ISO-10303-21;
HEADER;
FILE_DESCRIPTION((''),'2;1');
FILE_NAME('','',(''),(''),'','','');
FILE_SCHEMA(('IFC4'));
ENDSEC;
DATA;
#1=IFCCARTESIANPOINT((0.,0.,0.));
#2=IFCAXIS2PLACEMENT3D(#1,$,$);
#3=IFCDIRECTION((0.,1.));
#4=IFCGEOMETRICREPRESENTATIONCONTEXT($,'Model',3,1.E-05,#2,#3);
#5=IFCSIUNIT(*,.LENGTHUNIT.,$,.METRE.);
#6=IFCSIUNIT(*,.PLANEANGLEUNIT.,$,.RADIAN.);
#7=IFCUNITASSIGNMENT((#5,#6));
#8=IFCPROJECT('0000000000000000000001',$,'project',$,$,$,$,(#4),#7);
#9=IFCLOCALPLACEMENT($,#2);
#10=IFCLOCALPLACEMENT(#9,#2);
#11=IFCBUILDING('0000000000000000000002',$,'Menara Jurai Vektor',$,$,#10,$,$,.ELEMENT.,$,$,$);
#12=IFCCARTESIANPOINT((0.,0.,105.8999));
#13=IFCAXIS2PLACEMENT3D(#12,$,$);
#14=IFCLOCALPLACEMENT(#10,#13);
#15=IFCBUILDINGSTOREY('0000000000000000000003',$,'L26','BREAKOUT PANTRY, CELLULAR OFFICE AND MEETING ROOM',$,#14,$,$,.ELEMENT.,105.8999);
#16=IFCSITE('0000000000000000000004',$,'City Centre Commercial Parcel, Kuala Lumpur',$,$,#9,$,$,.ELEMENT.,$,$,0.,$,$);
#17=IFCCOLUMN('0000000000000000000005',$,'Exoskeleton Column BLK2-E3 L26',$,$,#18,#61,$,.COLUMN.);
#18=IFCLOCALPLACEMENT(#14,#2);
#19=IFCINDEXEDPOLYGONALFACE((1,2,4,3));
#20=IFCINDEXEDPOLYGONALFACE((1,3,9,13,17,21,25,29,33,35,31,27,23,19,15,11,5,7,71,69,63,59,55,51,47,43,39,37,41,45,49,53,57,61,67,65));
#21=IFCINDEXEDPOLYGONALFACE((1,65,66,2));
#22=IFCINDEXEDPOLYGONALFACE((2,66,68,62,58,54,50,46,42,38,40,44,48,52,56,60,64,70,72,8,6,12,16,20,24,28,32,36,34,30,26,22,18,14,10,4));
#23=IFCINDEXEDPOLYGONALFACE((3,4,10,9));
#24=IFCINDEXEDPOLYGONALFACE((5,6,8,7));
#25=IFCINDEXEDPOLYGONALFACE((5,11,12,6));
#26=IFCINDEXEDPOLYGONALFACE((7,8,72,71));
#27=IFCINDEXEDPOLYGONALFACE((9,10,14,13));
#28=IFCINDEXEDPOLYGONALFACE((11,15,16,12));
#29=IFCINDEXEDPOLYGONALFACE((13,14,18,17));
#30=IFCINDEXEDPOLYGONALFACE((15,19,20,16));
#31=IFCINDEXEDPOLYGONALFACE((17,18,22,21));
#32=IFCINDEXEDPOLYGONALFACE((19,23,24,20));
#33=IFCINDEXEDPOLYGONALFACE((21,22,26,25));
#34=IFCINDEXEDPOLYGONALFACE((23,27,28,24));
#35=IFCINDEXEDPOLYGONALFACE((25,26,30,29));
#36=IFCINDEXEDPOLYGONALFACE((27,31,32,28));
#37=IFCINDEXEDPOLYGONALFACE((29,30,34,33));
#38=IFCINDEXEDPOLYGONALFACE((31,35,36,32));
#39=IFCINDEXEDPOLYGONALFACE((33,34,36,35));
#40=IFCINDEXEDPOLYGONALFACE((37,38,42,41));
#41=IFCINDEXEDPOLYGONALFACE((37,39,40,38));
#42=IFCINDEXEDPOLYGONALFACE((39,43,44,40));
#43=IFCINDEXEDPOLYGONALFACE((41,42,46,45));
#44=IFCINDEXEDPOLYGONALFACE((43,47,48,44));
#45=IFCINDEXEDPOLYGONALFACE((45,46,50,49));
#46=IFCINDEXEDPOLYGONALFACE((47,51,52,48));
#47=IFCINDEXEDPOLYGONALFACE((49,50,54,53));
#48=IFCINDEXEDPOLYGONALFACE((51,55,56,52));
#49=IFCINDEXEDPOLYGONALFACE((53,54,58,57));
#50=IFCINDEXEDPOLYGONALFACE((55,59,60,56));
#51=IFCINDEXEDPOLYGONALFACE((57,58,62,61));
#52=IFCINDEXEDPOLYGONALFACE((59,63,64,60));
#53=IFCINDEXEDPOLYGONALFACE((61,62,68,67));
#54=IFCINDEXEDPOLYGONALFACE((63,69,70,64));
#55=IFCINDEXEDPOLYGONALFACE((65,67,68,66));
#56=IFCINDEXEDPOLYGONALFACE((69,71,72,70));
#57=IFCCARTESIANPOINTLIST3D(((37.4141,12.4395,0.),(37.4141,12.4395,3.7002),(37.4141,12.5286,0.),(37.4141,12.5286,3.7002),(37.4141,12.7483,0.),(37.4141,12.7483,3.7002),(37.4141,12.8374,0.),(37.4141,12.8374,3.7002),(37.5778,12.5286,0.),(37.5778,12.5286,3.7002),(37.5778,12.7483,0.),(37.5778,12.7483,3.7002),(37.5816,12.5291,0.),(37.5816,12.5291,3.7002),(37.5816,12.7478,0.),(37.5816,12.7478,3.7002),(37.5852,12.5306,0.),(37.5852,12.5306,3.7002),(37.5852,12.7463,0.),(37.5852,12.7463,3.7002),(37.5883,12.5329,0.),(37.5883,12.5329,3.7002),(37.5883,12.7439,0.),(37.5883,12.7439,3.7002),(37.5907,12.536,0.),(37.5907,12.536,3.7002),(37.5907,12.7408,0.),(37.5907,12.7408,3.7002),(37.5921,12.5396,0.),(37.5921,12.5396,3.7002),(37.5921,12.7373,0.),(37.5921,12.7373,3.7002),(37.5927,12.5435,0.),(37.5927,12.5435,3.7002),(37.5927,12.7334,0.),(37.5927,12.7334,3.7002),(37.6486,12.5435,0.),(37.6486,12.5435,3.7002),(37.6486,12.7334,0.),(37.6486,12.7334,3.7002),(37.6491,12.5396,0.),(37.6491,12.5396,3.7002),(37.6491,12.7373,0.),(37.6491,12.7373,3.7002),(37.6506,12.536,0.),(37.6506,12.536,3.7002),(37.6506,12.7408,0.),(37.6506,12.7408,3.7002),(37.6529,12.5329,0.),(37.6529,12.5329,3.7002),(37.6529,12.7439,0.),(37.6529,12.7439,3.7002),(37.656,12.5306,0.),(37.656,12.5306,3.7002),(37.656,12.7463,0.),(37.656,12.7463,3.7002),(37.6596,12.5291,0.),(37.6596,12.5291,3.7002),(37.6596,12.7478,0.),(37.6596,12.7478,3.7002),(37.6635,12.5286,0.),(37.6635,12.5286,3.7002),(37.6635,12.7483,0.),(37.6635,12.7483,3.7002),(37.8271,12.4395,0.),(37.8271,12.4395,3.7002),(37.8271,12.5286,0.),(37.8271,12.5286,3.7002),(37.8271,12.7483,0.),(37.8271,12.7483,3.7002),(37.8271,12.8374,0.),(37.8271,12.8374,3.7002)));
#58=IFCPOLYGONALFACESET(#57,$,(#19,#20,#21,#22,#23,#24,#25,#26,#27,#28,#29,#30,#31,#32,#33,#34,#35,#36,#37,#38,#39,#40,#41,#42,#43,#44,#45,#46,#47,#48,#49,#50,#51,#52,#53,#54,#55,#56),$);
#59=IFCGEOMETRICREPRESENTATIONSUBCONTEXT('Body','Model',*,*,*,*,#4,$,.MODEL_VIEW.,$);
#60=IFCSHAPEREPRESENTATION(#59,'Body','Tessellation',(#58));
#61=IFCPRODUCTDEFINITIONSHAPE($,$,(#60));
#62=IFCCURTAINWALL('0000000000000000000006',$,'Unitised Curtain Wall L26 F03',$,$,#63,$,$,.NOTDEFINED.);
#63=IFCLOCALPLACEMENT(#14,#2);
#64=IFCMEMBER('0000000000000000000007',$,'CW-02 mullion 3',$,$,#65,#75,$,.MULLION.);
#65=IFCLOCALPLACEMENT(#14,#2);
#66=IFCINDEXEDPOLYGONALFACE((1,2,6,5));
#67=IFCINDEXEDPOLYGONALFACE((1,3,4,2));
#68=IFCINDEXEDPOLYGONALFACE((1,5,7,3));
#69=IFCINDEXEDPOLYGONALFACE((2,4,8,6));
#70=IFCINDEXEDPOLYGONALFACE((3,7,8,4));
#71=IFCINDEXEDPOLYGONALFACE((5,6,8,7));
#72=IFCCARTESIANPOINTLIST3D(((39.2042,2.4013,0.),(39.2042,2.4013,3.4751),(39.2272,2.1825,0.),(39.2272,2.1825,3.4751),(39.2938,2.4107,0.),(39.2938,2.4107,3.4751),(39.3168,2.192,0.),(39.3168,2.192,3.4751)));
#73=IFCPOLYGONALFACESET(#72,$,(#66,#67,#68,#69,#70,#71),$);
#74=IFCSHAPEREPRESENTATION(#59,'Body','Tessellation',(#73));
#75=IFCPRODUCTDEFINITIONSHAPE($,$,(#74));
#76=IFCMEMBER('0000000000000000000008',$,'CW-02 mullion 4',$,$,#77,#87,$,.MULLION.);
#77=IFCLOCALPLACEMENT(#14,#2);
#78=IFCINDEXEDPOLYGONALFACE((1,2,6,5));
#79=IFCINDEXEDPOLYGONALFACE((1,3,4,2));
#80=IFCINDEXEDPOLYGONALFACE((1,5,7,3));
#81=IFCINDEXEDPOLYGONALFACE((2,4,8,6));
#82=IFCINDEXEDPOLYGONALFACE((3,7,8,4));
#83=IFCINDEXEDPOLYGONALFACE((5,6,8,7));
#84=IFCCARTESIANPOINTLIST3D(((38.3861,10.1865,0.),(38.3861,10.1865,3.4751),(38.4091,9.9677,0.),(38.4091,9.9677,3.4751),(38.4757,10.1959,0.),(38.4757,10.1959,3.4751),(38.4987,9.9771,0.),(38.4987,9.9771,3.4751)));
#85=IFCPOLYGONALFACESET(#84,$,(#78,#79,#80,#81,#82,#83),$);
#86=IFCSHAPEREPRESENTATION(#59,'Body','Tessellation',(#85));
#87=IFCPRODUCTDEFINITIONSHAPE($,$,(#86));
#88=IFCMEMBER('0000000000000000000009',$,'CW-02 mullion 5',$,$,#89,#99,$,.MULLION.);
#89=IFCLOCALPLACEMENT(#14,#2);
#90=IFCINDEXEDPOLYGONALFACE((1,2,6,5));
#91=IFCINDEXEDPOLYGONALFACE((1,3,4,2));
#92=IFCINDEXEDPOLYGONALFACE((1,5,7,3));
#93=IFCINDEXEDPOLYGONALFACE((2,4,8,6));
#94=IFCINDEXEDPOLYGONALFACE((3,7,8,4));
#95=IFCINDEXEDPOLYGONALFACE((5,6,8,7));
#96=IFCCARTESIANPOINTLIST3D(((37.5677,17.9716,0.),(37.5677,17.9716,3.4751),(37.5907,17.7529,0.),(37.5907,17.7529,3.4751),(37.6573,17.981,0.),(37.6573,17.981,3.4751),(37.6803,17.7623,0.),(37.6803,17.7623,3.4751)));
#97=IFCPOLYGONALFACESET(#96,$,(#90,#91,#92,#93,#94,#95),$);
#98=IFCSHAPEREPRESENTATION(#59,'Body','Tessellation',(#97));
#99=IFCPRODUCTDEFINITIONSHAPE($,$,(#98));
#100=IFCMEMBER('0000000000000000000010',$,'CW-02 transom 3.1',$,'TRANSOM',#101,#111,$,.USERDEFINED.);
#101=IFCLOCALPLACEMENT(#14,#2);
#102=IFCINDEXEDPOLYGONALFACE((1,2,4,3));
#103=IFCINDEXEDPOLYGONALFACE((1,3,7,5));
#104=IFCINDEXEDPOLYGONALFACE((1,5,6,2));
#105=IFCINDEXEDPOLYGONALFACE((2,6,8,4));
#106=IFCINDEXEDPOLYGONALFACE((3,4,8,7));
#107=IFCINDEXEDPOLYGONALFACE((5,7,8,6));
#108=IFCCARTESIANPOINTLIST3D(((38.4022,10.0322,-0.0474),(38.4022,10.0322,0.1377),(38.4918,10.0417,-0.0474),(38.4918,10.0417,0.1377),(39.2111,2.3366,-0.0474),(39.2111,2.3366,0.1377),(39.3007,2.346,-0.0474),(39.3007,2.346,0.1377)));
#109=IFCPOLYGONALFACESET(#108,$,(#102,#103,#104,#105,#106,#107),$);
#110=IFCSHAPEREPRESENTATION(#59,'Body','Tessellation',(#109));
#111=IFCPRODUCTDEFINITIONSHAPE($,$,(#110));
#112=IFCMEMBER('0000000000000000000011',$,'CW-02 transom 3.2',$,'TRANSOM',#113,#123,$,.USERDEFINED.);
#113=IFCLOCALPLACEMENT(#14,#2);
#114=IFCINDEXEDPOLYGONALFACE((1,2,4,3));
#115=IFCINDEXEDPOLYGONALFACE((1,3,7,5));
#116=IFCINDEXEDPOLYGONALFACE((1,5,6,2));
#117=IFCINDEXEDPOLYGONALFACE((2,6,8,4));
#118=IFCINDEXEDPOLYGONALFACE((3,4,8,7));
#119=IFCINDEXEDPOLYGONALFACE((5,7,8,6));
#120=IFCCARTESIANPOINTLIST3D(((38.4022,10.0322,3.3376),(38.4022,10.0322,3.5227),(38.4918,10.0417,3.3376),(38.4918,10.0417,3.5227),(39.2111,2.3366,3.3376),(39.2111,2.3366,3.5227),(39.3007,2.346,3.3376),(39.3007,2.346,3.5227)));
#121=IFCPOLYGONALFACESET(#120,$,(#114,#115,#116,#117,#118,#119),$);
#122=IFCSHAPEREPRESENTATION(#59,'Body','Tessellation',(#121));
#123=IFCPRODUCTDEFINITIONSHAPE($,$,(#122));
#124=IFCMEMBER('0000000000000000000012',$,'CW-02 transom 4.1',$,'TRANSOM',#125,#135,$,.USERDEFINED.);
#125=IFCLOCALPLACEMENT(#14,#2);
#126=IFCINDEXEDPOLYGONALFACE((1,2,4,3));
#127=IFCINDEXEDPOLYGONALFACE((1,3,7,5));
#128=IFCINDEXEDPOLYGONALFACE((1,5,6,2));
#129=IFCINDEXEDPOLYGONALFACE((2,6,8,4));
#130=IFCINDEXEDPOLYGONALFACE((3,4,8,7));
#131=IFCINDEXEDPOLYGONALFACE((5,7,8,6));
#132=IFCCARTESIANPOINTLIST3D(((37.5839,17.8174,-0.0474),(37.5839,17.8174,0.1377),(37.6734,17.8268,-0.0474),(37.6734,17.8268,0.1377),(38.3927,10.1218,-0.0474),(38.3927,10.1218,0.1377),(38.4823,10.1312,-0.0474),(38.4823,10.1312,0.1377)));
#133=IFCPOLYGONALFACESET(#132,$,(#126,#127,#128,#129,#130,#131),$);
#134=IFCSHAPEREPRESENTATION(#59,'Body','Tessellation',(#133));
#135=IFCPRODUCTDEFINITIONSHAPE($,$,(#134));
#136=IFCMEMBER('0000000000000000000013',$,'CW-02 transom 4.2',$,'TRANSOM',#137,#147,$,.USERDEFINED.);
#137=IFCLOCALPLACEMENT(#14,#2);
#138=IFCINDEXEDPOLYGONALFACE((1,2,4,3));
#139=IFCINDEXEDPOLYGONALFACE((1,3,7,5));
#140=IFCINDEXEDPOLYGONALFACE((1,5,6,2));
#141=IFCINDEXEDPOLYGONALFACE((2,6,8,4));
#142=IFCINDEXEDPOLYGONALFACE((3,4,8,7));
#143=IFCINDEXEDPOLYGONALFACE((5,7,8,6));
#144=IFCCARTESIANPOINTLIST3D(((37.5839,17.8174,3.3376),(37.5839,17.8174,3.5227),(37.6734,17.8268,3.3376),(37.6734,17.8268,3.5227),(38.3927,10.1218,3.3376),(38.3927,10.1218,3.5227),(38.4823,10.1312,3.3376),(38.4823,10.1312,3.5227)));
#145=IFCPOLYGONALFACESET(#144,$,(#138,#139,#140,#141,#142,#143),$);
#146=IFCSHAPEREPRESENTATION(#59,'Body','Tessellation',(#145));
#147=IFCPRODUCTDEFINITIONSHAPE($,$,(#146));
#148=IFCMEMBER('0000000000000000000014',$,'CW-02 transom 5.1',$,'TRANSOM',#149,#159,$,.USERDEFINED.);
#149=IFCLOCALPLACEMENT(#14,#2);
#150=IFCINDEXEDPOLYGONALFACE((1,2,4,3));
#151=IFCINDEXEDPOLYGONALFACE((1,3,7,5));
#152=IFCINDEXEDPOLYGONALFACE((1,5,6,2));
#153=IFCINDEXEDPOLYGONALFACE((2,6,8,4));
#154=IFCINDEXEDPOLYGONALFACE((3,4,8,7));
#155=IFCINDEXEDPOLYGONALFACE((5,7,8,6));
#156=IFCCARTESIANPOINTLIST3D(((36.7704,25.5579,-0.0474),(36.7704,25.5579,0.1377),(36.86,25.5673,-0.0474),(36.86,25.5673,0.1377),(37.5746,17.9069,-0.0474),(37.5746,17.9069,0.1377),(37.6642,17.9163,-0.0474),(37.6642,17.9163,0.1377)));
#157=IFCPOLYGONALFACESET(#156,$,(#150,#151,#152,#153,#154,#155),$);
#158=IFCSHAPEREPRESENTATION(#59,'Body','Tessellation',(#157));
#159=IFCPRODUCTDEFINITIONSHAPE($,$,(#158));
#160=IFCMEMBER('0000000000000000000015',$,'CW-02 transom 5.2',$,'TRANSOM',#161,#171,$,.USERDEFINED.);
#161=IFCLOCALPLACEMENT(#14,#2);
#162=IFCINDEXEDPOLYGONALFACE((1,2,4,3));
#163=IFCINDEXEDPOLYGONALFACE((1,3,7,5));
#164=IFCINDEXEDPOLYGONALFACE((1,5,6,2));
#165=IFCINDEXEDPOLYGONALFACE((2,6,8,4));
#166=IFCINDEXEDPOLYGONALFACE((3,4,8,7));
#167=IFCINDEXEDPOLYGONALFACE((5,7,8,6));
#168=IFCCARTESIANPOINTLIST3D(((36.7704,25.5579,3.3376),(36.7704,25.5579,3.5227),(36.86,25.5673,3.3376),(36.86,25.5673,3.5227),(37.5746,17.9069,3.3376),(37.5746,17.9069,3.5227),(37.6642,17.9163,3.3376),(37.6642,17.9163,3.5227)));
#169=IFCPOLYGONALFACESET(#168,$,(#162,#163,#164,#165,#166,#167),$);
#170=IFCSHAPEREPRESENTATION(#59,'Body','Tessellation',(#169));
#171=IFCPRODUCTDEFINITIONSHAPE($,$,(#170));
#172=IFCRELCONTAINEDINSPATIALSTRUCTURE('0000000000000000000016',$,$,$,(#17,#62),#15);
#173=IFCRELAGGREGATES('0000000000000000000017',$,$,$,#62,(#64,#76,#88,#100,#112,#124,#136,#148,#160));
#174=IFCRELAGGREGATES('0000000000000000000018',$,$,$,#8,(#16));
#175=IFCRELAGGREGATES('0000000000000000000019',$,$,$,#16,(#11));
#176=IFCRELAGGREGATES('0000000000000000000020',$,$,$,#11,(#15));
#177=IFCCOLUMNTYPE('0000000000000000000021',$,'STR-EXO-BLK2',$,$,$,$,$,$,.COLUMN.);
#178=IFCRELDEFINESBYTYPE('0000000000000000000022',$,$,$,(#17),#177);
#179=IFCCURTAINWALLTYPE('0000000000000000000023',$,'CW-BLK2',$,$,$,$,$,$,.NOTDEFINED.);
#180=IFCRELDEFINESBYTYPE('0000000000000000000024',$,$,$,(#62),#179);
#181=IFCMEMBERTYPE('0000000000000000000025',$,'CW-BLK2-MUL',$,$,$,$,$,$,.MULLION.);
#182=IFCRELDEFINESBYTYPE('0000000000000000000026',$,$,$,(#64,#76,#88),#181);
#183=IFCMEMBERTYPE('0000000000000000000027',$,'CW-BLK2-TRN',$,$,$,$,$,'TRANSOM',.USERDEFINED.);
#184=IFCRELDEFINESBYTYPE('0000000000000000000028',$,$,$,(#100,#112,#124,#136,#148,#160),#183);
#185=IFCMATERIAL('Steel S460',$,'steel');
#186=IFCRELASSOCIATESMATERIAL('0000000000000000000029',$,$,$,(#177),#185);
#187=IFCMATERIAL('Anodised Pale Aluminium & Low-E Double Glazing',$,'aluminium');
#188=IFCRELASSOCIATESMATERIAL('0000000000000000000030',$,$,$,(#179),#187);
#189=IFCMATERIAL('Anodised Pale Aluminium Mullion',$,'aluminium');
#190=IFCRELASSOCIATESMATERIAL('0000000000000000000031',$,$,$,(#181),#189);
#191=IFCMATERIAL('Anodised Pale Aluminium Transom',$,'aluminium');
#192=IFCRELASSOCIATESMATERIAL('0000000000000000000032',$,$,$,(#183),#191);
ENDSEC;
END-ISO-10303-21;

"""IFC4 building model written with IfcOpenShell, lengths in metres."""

from ifc_helpers import new_model, si_unit, direction, frame, origin, origin_2d, place, context, subcontext, project, spatial, rectangle, i_section, extrude, material, material_profile, profile_set, type_object, element, aggregate, save


model = new_model("IFC4")

# Units and contexts
model_context = context("Model", 3, precision=1e-05, world=origin(), true_north=direction((0.0, 1.0)))
body_context = subcontext(model_context, "Body", "Model", "MODEL_VIEW")
ifc_project = project(units=[si_unit("LENGTHUNIT", "METRE"), si_unit("PLANEANGLEUNIT", "RADIAN")], contexts=[model_context])

# Site, building, storey
site_placement = place(None, origin())
site = spatial("IfcSite", under=ifc_project, at=site_placement, Name="City Centre Commercial Parcel, Kuala Lumpur", CompositionType="ELEMENT", RefElevation=0.0)
building_placement = place(site_placement, origin())
building = spatial("IfcBuilding", under=site, at=building_placement, Name="Menara Jurai Vektor", CompositionType="ELEMENT")
storey_placement = place(building_placement, frame((0.0, 0.0, 105.8999)))
storey = spatial("IfcBuildingStorey", under=building, at=storey_placement, Name="L26", Description="BREAKOUT PANTRY, CELLULAR OFFICE AND MEETING ROOM", CompositionType="ELEMENT", Elevation=105.8999)

# Column
ifc_material_1 = material(Name="Steel S460", Category="steel")
ifc_material_profile_1 = material_profile(ifc_material_1, i_section(OverallWidth=0.4131, OverallDepth=0.3979, WebThickness=0.0559, FlangeThickness=0.0891, FilletRadius=0.0149, at=origin_2d()), Name="HD 400x744")
ifc_profile_set_1 = profile_set([ifc_material_profile_1], Name="Steel S460")
column_type = type_object("IfcColumnType", Name="STR-EXO-BLK2", PredefinedType="COLUMN", material=ifc_profile_set_1)
column_placement = place(storey_placement, frame((37.6206, 12.6384, 0.0), z_axis=(0.0, 0.0, 1.0), x_axis=(1.0, 0.0, 0.0)))
element("IfcColumn", 1, at=column_placement, inside=storey, type_object=column_type, Name="Exoskeleton Column BLK2-E3 L26", PredefinedType="COLUMN", context=body_context, shape_type="SweptSolid", body=[
    extrude(i_section(OverallWidth=0.4131, OverallDepth=0.3979, WebThickness=0.0559, FlangeThickness=0.0891, FilletRadius=0.0149, at=origin_2d()), origin(), (0.0, 0.0, 1.0), 3.7002),
])

# Curtain wall, members
ifc_material_2 = material(Name="Anodised Pale Aluminium & Low-E Double Glazing", Category="aluminium")
curtain_wall_type = type_object("IfcCurtainWallType", Name="CW-BLK2", PredefinedType="NOTDEFINED", material=ifc_material_2)
curtain_wall_placement = place(storey_placement, origin())
curtain_wall = element("IfcCurtainWall", 2, at=curtain_wall_placement, inside=storey, type_object=curtain_wall_type, Name="Unitised Curtain Wall L26 F03", PredefinedType="NOTDEFINED")
ifc_material_3 = material(Name="Anodised Pale Aluminium Mullion", Category="aluminium")
ifc_material_profile_2 = material_profile(ifc_material_3, rectangle(XDim=0.0901, YDim=0.22, at=origin_2d()), Name="ALU MUL 90x220")
ifc_profile_set_2 = profile_set([ifc_material_profile_2], Name="Anodised Pale Aluminium Mullion")
member_type_1 = type_object("IfcMemberType", Name="CW-BLK2-MUL", PredefinedType="MULLION", material=ifc_profile_set_2)
member_1_placement = place(storey_placement, frame((39.2605, 2.2966, 0.0), z_axis=(0.0, 0.0, 1.0), x_axis=(-0.994522, -0.10453, 0.0)))
member_1 = element("IfcMember", 3, at=member_1_placement, type_object=member_type_1, Name="CW-02 mullion 3", PredefinedType="MULLION", context=body_context, shape_type="SweptSolid", body=[
    extrude(rectangle(XDim=0.0901, YDim=0.22, at=origin_2d()), origin(), (0.0, 0.0, 1.0), 3.4751),
])
member_2_placement = place(storey_placement, frame((38.4424, 10.0818, 0.0), z_axis=(0.0, 0.0, 1.0), x_axis=(-0.994522, -0.10453, 0.0)))
member_2 = element("IfcMember", 4, at=member_2_placement, type_object=member_type_1, Name="CW-02 mullion 4", PredefinedType="MULLION", context=body_context, shape_type="SweptSolid", body=[
    extrude(rectangle(XDim=0.0901, YDim=0.22, at=origin_2d()), origin(), (0.0, 0.0, 1.0), 3.4751),
])
member_3_placement = place(storey_placement, frame((37.624, 17.8669, 0.0), z_axis=(0.0, 0.0, 1.0), x_axis=(-0.994522, -0.10453, 0.0)))
member_3 = element("IfcMember", 5, at=member_3_placement, type_object=member_type_1, Name="CW-02 mullion 5", PredefinedType="MULLION", context=body_context, shape_type="SweptSolid", body=[
    extrude(rectangle(XDim=0.0901, YDim=0.22, at=origin_2d()), origin(), (0.0, 0.0, 1.0), 3.4751),
])
ifc_material_4 = material(Name="Anodised Pale Aluminium Transom", Category="aluminium")
ifc_material_profile_3 = material_profile(ifc_material_4, rectangle(XDim=0.0901, YDim=0.1851, at=origin_2d()), Name="ALU TRN 90x185")
ifc_profile_set_3 = profile_set([ifc_material_profile_3], Name="Anodised Pale Aluminium Transom")
member_type_2 = type_object("IfcMemberType", Name="CW-BLK2-TRN", ElementType="TRANSOM", PredefinedType="USERDEFINED", material=ifc_profile_set_3)
member_4_placement = place(storey_placement, frame((39.2559, 2.3413, 0.0452), z_axis=(-0.104529, 0.994522, 0.0), x_axis=(-0.994522, -0.104529, 0.0)))
member_4 = element("IfcMember", 6, at=member_4_placement, type_object=member_type_2, Name="CW-02 transom 3.1", ObjectType="TRANSOM", PredefinedType="USERDEFINED", context=body_context, shape_type="SweptSolid", body=[
    extrude(rectangle(XDim=0.0901, YDim=0.1851, at=origin_2d()), origin(), (0.0, 0.0, 1.0), 7.738),
])
member_5_placement = place(storey_placement, frame((39.2559, 2.3413, 3.4302), z_axis=(-0.104529, 0.994522, 0.0), x_axis=(-0.994522, -0.104529, 0.0)))
member_5 = element("IfcMember", 7, at=member_5_placement, type_object=member_type_2, Name="CW-02 transom 3.2", ObjectType="TRANSOM", PredefinedType="USERDEFINED", context=body_context, shape_type="SweptSolid", body=[
    extrude(rectangle(XDim=0.0901, YDim=0.1851, at=origin_2d()), origin(), (0.0, 0.0, 1.0), 7.738),
])
member_6_placement = place(storey_placement, frame((38.4375, 10.1265, 0.0452), z_axis=(-0.104529, 0.994522, 0.0), x_axis=(-0.994522, -0.104529, 0.0)))
member_6 = element("IfcMember", 8, at=member_6_placement, type_object=member_type_2, Name="CW-02 transom 4.1", ObjectType="TRANSOM", PredefinedType="USERDEFINED", context=body_context, shape_type="SweptSolid", body=[
    extrude(rectangle(XDim=0.0901, YDim=0.1851, at=origin_2d()), origin(), (0.0, 0.0, 1.0), 7.738),
])
member_7_placement = place(storey_placement, frame((38.4375, 10.1265, 3.4302), z_axis=(-0.104529, 0.994522, 0.0), x_axis=(-0.994522, -0.104529, 0.0)))
member_7 = element("IfcMember", 9, at=member_7_placement, type_object=member_type_2, Name="CW-02 transom 4.2", ObjectType="TRANSOM", PredefinedType="USERDEFINED", context=body_context, shape_type="SweptSolid", body=[
    extrude(rectangle(XDim=0.0901, YDim=0.1851, at=origin_2d()), origin(), (0.0, 0.0, 1.0), 7.738),
])
member_8_placement = place(storey_placement, frame((37.6194, 17.9116, 0.0452), z_axis=(-0.104536, 0.994521, 0.0), x_axis=(-0.994521, -0.104536, 0.0)))
member_8 = element("IfcMember", 10, at=member_8_placement, type_object=member_type_2, Name="CW-02 transom 5.1", ObjectType="TRANSOM", PredefinedType="USERDEFINED", context=body_context, shape_type="SweptSolid", body=[
    extrude(rectangle(XDim=0.0901, YDim=0.1851, at=origin_2d()), origin(), (0.0, 0.0, 1.0), 7.6931),
])
member_9_placement = place(storey_placement, frame((37.6194, 17.9116, 3.4302), z_axis=(-0.104536, 0.994521, 0.0), x_axis=(-0.994521, -0.104536, 0.0)))
member_9 = element("IfcMember", 11, at=member_9_placement, type_object=member_type_2, Name="CW-02 transom 5.2", ObjectType="TRANSOM", PredefinedType="USERDEFINED", context=body_context, shape_type="SweptSolid", body=[
    extrude(rectangle(XDim=0.0901, YDim=0.1851, at=origin_2d()), origin(), (0.0, 0.0, 1.0), 7.6931),
])

aggregate(curtain_wall, [member_1, member_2, member_3, member_4, member_5, member_6, member_7, member_8, member_9])

save(model, "model.ifc")
